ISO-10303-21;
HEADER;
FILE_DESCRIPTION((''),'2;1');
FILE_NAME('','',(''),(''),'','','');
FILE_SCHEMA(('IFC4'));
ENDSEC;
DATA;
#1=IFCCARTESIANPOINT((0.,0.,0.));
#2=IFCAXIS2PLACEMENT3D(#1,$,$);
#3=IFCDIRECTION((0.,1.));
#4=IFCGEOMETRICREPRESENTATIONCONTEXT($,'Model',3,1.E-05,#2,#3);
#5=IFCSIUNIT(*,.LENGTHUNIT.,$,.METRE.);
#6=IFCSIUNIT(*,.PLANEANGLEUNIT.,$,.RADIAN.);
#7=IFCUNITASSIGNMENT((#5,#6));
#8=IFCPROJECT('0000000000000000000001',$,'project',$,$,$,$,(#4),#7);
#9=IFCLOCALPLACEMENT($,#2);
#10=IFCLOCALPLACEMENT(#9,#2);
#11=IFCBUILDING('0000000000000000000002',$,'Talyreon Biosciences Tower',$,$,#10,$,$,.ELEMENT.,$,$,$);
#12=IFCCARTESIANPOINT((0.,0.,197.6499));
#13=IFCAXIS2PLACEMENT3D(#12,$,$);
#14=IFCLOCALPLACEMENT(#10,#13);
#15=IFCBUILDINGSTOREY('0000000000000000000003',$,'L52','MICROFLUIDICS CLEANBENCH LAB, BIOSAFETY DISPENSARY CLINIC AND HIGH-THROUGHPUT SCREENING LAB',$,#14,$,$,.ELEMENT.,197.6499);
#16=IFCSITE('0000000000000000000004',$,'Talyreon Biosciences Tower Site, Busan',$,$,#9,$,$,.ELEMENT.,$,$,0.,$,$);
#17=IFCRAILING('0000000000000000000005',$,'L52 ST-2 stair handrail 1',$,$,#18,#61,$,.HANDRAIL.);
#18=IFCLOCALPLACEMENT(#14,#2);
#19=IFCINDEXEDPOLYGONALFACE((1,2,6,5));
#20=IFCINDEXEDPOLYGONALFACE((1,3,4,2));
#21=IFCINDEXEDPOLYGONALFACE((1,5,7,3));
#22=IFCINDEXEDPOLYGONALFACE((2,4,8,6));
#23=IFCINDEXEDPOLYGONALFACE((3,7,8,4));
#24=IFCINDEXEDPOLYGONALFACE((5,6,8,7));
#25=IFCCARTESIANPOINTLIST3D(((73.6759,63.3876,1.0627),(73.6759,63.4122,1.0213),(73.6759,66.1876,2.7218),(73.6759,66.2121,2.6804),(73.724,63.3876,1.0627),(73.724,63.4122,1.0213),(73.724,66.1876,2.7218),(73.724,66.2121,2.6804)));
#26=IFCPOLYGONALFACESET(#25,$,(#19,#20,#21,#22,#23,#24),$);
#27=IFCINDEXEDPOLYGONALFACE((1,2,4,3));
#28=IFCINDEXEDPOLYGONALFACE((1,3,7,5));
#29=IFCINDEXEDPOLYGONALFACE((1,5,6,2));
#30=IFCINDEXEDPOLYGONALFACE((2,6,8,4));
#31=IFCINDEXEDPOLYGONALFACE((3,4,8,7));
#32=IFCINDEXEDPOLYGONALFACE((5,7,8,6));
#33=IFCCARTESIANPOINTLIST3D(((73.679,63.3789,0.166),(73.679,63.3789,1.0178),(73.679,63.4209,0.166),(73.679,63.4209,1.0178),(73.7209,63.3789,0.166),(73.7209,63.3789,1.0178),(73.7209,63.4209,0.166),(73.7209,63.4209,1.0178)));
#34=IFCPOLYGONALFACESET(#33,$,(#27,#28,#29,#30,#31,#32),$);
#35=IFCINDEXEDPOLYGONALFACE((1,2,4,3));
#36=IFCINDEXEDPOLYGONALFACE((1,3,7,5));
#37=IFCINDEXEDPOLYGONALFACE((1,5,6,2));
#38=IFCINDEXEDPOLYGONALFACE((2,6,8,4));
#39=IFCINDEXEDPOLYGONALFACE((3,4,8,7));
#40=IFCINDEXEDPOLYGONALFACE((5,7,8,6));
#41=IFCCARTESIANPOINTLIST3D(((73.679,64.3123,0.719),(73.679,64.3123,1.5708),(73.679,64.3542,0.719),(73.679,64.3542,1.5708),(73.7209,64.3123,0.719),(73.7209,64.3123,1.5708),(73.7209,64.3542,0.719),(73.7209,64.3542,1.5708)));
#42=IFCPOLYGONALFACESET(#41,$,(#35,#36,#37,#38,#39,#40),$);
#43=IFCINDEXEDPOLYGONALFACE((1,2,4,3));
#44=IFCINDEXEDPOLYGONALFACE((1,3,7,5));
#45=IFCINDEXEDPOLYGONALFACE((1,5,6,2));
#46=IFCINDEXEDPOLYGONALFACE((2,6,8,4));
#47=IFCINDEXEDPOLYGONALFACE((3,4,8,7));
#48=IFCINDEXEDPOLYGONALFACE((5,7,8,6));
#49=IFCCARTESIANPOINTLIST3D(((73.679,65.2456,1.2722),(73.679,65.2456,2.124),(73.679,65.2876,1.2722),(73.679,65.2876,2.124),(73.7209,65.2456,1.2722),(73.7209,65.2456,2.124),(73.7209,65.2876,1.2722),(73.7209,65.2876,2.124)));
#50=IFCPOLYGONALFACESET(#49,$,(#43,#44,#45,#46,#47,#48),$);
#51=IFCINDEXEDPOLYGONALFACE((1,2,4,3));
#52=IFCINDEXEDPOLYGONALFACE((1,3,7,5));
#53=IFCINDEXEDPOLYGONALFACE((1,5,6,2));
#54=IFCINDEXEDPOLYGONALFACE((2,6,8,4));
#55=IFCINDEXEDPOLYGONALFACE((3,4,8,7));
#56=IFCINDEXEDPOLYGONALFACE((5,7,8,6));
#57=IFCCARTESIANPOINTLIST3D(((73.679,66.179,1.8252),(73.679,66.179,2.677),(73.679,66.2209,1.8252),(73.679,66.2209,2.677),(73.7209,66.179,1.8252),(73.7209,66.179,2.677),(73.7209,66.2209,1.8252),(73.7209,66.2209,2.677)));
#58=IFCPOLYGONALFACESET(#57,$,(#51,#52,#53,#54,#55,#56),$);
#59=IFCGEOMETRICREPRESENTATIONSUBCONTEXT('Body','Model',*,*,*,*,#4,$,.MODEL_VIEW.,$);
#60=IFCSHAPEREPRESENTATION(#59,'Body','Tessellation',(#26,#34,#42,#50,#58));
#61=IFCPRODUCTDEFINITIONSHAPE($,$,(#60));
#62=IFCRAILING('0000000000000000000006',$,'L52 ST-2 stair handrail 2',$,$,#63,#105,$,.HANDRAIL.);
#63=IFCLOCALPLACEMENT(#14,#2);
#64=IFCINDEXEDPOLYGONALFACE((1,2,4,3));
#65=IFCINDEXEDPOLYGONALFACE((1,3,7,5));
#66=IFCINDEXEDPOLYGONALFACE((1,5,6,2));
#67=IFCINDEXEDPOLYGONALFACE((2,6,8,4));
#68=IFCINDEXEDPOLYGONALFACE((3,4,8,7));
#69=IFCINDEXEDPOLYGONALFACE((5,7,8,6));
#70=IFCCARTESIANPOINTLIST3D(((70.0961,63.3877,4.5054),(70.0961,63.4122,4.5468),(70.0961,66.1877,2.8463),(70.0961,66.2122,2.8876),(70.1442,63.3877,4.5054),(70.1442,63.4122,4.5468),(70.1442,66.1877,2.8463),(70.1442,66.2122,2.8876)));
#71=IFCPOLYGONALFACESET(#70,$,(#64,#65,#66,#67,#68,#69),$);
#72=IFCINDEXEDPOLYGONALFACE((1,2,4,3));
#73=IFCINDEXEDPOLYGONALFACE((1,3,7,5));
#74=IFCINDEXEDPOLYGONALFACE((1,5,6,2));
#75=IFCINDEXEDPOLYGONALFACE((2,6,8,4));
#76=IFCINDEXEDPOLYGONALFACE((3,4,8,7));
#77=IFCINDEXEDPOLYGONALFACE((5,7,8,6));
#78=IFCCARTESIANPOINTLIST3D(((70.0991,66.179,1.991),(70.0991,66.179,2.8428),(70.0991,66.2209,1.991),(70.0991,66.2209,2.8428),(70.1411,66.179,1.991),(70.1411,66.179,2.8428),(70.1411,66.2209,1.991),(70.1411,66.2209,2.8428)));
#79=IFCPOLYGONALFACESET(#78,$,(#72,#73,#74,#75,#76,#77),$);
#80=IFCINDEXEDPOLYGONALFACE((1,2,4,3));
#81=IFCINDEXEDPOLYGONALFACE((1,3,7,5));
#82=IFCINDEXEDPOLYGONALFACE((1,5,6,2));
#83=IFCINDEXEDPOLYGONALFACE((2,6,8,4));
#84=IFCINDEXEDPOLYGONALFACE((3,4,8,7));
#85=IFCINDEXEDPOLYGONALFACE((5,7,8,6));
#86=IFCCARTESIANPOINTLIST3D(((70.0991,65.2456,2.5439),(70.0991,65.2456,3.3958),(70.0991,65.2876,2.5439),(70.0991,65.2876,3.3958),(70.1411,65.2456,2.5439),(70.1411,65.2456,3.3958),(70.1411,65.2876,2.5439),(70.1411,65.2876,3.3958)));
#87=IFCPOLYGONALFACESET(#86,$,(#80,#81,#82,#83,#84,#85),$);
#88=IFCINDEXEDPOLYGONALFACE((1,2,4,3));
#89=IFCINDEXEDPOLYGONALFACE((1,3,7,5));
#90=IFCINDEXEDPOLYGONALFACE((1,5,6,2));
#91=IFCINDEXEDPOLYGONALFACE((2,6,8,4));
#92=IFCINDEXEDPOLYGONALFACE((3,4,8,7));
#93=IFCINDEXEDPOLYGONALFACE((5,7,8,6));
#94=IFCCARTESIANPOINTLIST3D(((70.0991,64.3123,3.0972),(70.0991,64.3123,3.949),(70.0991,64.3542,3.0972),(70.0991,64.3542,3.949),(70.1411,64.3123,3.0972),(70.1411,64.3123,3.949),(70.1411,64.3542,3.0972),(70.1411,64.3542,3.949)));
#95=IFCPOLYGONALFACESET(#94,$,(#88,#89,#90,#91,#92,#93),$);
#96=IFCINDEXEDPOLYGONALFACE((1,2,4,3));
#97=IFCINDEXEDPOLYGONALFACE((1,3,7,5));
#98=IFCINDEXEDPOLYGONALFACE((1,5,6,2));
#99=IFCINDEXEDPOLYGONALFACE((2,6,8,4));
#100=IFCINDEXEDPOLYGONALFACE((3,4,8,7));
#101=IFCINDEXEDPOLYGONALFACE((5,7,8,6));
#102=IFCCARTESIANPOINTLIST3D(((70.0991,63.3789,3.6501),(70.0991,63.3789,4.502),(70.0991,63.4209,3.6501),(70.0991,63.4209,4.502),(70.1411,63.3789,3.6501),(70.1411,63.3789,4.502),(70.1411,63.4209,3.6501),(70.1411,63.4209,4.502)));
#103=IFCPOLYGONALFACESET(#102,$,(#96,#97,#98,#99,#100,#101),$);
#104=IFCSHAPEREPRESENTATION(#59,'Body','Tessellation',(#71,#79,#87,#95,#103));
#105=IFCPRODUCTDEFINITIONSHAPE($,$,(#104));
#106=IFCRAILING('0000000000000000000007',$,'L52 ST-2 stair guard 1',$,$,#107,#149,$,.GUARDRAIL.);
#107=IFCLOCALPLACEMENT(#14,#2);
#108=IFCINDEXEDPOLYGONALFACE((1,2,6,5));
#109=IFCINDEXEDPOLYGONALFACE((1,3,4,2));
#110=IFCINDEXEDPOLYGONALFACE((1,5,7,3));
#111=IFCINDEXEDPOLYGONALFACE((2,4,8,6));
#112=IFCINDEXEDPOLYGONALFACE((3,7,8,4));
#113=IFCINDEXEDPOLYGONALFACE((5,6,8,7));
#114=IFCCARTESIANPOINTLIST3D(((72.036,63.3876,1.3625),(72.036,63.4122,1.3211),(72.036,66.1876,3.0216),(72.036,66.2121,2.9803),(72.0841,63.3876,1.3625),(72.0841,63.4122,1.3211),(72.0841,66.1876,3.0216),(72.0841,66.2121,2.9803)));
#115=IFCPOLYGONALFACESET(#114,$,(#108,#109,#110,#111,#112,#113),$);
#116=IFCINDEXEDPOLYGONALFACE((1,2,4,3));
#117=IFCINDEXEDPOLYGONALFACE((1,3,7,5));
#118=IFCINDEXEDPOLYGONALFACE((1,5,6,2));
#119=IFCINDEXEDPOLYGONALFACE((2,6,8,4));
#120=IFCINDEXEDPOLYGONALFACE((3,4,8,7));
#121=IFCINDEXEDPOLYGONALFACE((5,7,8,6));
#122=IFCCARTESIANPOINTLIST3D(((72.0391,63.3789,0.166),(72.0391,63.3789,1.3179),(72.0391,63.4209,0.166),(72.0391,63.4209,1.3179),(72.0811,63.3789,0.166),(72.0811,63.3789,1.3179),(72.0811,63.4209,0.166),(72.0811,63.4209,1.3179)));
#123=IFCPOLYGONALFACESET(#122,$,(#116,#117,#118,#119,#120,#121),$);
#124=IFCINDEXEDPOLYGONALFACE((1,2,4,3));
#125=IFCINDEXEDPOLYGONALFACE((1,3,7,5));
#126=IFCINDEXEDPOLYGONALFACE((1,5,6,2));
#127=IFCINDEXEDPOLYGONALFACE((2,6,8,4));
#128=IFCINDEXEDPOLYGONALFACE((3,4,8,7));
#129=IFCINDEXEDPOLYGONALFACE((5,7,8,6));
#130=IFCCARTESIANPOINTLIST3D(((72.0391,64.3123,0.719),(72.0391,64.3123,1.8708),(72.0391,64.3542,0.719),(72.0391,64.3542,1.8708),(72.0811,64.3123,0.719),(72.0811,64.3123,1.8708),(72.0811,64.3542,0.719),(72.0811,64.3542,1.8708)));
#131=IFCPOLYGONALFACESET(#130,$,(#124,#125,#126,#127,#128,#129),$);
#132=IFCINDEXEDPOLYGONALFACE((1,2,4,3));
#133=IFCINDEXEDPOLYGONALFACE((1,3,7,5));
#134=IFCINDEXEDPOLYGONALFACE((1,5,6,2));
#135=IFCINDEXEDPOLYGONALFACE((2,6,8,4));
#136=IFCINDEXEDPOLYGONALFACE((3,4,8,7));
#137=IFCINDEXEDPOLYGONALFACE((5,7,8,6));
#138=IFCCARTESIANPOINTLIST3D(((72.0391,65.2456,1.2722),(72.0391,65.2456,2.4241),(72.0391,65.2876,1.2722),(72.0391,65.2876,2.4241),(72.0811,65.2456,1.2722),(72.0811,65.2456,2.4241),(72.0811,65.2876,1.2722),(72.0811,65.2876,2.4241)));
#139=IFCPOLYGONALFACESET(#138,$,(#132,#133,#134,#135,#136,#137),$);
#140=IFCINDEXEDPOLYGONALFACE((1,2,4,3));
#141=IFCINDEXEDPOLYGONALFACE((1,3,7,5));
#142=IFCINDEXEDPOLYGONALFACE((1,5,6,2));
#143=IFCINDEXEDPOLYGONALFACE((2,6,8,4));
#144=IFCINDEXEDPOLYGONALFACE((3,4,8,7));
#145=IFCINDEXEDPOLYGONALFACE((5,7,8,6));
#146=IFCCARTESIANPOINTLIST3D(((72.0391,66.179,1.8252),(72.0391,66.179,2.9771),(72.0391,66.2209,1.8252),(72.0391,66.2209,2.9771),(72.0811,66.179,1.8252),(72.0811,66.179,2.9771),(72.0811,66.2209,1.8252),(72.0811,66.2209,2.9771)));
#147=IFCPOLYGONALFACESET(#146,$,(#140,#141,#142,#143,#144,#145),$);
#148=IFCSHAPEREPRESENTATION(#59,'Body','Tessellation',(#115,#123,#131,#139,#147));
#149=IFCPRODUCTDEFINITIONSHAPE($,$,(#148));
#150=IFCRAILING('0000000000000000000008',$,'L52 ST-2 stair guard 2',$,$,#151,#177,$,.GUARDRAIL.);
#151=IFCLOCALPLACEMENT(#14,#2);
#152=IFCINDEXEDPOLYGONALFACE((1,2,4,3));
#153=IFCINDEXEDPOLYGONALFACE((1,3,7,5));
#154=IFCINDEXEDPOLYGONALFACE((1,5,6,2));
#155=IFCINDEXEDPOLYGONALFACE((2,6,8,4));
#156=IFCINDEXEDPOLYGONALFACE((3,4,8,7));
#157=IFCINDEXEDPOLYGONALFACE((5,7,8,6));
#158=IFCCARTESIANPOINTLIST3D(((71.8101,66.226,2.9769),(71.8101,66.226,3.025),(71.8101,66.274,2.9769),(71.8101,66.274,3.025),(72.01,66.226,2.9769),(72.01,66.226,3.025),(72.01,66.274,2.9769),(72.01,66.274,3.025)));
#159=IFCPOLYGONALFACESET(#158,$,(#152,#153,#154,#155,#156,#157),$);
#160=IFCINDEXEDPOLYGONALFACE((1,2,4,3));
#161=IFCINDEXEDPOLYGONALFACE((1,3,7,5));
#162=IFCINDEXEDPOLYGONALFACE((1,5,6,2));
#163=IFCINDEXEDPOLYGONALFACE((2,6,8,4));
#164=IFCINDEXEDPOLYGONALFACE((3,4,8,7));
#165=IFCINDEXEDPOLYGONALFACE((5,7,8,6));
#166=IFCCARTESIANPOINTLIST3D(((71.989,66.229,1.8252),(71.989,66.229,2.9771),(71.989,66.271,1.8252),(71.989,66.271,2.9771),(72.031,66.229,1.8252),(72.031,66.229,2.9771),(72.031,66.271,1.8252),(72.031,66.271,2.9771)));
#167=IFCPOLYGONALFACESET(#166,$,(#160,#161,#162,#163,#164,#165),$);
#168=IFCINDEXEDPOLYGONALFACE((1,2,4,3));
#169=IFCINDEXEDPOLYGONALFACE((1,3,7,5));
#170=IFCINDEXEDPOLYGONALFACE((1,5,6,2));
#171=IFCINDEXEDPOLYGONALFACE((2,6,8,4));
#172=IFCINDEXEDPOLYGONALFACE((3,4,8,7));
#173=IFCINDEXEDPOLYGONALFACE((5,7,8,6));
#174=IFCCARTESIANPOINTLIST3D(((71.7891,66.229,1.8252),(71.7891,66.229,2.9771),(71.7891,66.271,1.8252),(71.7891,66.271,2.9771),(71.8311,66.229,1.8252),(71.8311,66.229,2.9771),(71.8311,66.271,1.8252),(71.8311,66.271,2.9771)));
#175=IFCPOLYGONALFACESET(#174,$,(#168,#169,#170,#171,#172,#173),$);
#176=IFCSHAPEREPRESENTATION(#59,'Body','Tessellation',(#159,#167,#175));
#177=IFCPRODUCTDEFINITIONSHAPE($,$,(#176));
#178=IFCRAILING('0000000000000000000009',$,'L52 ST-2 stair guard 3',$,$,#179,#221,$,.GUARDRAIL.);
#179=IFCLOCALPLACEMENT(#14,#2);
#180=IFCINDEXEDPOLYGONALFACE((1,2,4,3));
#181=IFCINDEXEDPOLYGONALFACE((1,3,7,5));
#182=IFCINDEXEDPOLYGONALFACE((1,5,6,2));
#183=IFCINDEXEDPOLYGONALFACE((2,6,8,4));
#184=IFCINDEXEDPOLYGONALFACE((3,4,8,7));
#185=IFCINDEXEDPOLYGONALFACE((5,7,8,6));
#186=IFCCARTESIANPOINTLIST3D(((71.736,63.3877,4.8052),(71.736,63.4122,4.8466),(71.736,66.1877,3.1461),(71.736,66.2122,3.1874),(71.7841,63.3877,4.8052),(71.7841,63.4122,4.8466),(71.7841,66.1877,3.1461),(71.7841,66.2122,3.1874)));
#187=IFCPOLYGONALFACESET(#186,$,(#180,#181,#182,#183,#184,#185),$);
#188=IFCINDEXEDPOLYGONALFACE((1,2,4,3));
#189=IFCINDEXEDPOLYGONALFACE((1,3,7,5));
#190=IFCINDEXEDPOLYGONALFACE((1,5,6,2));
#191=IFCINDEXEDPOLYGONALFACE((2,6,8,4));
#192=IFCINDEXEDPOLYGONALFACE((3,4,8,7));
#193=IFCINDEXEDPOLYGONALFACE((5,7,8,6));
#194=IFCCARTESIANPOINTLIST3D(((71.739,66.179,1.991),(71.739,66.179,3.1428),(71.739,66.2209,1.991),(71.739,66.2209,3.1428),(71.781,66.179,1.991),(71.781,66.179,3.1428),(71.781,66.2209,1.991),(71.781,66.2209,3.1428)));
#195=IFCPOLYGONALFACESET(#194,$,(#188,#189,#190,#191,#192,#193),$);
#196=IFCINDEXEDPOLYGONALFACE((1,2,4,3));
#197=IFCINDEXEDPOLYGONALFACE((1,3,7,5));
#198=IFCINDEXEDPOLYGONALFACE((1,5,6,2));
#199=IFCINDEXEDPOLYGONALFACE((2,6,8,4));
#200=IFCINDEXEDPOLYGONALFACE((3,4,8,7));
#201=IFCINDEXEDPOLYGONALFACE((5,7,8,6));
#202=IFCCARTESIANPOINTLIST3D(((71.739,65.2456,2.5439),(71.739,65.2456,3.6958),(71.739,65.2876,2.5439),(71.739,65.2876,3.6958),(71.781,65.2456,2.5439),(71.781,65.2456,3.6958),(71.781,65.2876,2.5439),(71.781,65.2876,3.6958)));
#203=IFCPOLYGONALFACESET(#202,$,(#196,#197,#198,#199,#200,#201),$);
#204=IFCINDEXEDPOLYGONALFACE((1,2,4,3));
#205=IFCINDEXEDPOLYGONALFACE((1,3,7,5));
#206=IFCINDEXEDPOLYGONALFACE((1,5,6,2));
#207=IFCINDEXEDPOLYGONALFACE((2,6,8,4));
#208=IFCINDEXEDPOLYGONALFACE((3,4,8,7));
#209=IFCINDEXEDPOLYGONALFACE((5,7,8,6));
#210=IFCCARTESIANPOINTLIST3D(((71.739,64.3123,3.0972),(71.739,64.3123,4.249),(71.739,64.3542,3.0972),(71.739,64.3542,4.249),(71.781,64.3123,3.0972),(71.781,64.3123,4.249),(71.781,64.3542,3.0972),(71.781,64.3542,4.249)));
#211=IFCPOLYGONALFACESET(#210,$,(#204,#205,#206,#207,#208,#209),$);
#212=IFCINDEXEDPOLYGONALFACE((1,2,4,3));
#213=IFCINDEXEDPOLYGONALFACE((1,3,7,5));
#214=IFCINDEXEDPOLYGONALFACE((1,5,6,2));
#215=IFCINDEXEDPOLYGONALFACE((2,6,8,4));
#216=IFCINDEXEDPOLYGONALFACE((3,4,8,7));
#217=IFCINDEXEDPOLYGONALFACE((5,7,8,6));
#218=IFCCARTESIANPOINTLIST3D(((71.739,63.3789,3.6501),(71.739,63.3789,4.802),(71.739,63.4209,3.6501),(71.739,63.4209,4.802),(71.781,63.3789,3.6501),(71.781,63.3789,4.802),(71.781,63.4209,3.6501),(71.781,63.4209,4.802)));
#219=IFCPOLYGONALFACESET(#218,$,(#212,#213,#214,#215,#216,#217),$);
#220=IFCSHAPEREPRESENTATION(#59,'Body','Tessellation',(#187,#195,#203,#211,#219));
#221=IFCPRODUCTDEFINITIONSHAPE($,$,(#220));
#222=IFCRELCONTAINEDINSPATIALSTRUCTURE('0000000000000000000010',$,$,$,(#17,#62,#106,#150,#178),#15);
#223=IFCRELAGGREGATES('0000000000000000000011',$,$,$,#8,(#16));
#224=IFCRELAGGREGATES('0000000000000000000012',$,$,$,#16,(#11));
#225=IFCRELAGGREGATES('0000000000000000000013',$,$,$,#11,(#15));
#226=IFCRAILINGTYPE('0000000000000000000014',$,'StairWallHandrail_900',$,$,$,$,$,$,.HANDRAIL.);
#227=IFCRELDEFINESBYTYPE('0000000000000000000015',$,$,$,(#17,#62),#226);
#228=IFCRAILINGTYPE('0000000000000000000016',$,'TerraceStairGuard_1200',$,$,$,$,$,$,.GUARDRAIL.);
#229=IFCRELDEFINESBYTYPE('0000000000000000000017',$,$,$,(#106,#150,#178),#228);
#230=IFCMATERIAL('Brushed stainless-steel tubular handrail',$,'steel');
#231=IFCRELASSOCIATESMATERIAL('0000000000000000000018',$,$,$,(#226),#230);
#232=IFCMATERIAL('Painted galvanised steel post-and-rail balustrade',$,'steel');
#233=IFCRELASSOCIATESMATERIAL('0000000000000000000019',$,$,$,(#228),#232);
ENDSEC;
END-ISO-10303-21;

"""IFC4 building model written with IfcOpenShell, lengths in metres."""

from ifc_helpers import new_model, si_unit, direction, frame, origin, origin_2d, place, context, subcontext, project, spatial, rectangle, extrude, material, type_object, element, save


model = new_model("IFC4")

# Units and contexts
model_context = context("Model", 3, precision=1e-05, world=origin(), true_north=direction((0.0, 1.0)))
body_context = subcontext(model_context, "Body", "Model", "MODEL_VIEW")
ifc_project = project(units=[si_unit("LENGTHUNIT", "METRE"), si_unit("PLANEANGLEUNIT", "RADIAN")], contexts=[model_context])

# Site, building, storey
site_placement = place(None, origin())
site = spatial("IfcSite", under=ifc_project, at=site_placement, Name="Talyreon Biosciences Tower Site, Busan", CompositionType="ELEMENT", RefElevation=0.0)
building_placement = place(site_placement, origin())
building = spatial("IfcBuilding", under=site, at=building_placement, Name="Talyreon Biosciences Tower", CompositionType="ELEMENT")
storey_placement = place(building_placement, frame((0.0, 0.0, 197.6499)))
storey = spatial("IfcBuildingStorey", under=building, at=storey_placement, Name="L52", Description="MICROFLUIDICS CLEANBENCH LAB, BIOSAFETY DISPENSARY CLINIC AND HIGH-THROUGHPUT SCREENING LAB", CompositionType="ELEMENT", Elevation=197.6499)

# Railings
ifc_material_1 = material(Name="Brushed stainless-steel tubular handrail", Category="steel")
railing_type_1 = type_object("IfcRailingType", Name="StairWallHandrail_900", PredefinedType="HANDRAIL", material=ifc_material_1)
railing_1_placement = place(storey_placement, frame((73.7, 63.3999, 0.166)))
element("IfcRailing", 1, at=railing_1_placement, inside=storey, type_object=railing_type_1, Name="L52 ST-2 stair handrail 1", PredefinedType="HANDRAIL", context=body_context, shape_type="SweptSolid", body=[
    extrude(rectangle(XDim=0.0481, YDim=0.0481, at=origin_2d()), frame((0.0, 0.0, 0.876), z_axis=(0.0, 0.860306, 0.509778), x_axis=(-1.0, 0.0, 0.0)), (0.0, 0.0, 1.0), 3.2546),
    extrude(rectangle(XDim=0.042, YDim=0.042, at=origin_2d()), origin(), (0.0, 0.0, 1.0), 0.8518),
    extrude(rectangle(XDim=0.042, YDim=0.042, at=origin_2d()), frame((0.0, 0.9333, 0.553)), (0.0, 0.0, 1.0), 0.8518),
    extrude(rectangle(XDim=0.042, YDim=0.042, at=origin_2d()), frame((0.0, 1.8667, 1.1062)), (0.0, 0.0, 1.0), 0.8518),
    extrude(rectangle(XDim=0.042, YDim=0.042, at=origin_2d()), frame((0.0, 2.8, 1.6592)), (0.0, 0.0, 1.0), 0.8518),
])
railing_2_placement = place(storey_placement, frame((70.1201, 66.2, 1.991)))
element("IfcRailing", 2, at=railing_2_placement, inside=storey, type_object=railing_type_1, Name="L52 ST-2 stair handrail 2", PredefinedType="HANDRAIL", context=body_context, shape_type="SweptSolid", body=[
    extrude(rectangle(XDim=0.0481, YDim=0.0481, at=origin_2d()), frame((0.0, 0.0, 0.876), z_axis=(0.0, -0.860306, 0.509778), x_axis=(1.0, 0.0, 0.0)), (0.0, 0.0, 1.0), 3.2546),
    extrude(rectangle(XDim=0.042, YDim=0.042, at=origin_2d()), origin(), (0.0, 0.0, 1.0), 0.8518),
    extrude(rectangle(XDim=0.042, YDim=0.042, at=origin_2d()), frame((0.0, -0.9333, 0.553)), (0.0, 0.0, 1.0), 0.8518),
    extrude(rectangle(XDim=0.042, YDim=0.042, at=origin_2d()), frame((0.0, -1.8667, 1.1062)), (0.0, 0.0, 1.0), 0.8518),
    extrude(rectangle(XDim=0.042, YDim=0.042, at=origin_2d()), frame((0.0, -2.8, 1.6592)), (0.0, 0.0, 1.0), 0.8518),
])
ifc_material_2 = material(Name="Painted galvanised steel post-and-rail balustrade", Category="steel")
railing_type_2 = type_object("IfcRailingType", Name="TerraceStairGuard_1200", PredefinedType="GUARDRAIL", material=ifc_material_2)
railing_3_placement = place(storey_placement, frame((72.0601, 63.3999, 0.166)))
element("IfcRailing", 3, at=railing_3_placement, inside=storey, type_object=railing_type_2, Name="L52 ST-2 stair guard 1", PredefinedType="GUARDRAIL", context=body_context, shape_type="SweptSolid", body=[
    extrude(rectangle(XDim=0.0481, YDim=0.0481, at=origin_2d()), frame((0.0, 0.0, 1.1758), z_axis=(0.0, 0.860306, 0.509778), x_axis=(-1.0, 0.0, 0.0)), (0.0, 0.0, 1.0), 3.2546),
    extrude(rectangle(XDim=0.042, YDim=0.042, at=origin_2d()), origin(), (0.0, 0.0, 1.0), 1.1519),
    extrude(rectangle(XDim=0.042, YDim=0.042, at=origin_2d()), frame((0.0, 0.9333, 0.553)), (0.0, 0.0, 1.0), 1.1519),
    extrude(rectangle(XDim=0.042, YDim=0.042, at=origin_2d()), frame((0.0, 1.8667, 1.1062)), (0.0, 0.0, 1.0), 1.1519),
    extrude(rectangle(XDim=0.042, YDim=0.042, at=origin_2d()), frame((0.0, 2.8, 1.6592)), (0.0, 0.0, 1.0), 1.1519),
])
railing_4_placement = place(storey_placement, frame((72.01, 66.25, 1.8252)))
element("IfcRailing", 4, at=railing_4_placement, inside=storey, type_object=railing_type_2, Name="L52 ST-2 stair guard 2", PredefinedType="GUARDRAIL", context=body_context, shape_type="SweptSolid", body=[
    extrude(rectangle(XDim=0.0481, YDim=0.0481, at=origin_2d()), frame((0.0, 0.0, 1.1758), z_axis=(-1.0, 0.0, 0.0), x_axis=(0.0, -1.0, 0.0)), (0.0, 0.0, 1.0), 0.2),
    extrude(rectangle(XDim=0.042, YDim=0.042, at=origin_2d()), origin(), (0.0, 0.0, 1.0), 1.1519),
    extrude(rectangle(XDim=0.042, YDim=0.042, at=origin_2d()), frame((-0.2, 0.0, 0.0)), (0.0, 0.0, 1.0), 1.1519),
])
railing_5_placement = place(storey_placement, frame((71.76, 66.2, 1.991)))
element("IfcRailing", 5, at=railing_5_placement, inside=storey, type_object=railing_type_2, Name="L52 ST-2 stair guard 3", PredefinedType="GUARDRAIL", context=body_context, shape_type="SweptSolid", body=[
    extrude(rectangle(XDim=0.0481, YDim=0.0481, at=origin_2d()), frame((0.0, 0.0, 1.1758), z_axis=(0.0, -0.860306, 0.509778), x_axis=(1.0, 0.0, 0.0)), (0.0, 0.0, 1.0), 3.2546),
    extrude(rectangle(XDim=0.042, YDim=0.042, at=origin_2d()), origin(), (0.0, 0.0, 1.0), 1.1519),
    extrude(rectangle(XDim=0.042, YDim=0.042, at=origin_2d()), frame((0.0, -0.9333, 0.553)), (0.0, 0.0, 1.0), 1.1519),
    extrude(rectangle(XDim=0.042, YDim=0.042, at=origin_2d()), frame((0.0, -1.8667, 1.1062)), (0.0, 0.0, 1.0), 1.1519),
    extrude(rectangle(XDim=0.042, YDim=0.042, at=origin_2d()), frame((0.0, -2.8, 1.6592)), (0.0, 0.0, 1.0), 1.1519),
])

save(model, "model.ifc")
